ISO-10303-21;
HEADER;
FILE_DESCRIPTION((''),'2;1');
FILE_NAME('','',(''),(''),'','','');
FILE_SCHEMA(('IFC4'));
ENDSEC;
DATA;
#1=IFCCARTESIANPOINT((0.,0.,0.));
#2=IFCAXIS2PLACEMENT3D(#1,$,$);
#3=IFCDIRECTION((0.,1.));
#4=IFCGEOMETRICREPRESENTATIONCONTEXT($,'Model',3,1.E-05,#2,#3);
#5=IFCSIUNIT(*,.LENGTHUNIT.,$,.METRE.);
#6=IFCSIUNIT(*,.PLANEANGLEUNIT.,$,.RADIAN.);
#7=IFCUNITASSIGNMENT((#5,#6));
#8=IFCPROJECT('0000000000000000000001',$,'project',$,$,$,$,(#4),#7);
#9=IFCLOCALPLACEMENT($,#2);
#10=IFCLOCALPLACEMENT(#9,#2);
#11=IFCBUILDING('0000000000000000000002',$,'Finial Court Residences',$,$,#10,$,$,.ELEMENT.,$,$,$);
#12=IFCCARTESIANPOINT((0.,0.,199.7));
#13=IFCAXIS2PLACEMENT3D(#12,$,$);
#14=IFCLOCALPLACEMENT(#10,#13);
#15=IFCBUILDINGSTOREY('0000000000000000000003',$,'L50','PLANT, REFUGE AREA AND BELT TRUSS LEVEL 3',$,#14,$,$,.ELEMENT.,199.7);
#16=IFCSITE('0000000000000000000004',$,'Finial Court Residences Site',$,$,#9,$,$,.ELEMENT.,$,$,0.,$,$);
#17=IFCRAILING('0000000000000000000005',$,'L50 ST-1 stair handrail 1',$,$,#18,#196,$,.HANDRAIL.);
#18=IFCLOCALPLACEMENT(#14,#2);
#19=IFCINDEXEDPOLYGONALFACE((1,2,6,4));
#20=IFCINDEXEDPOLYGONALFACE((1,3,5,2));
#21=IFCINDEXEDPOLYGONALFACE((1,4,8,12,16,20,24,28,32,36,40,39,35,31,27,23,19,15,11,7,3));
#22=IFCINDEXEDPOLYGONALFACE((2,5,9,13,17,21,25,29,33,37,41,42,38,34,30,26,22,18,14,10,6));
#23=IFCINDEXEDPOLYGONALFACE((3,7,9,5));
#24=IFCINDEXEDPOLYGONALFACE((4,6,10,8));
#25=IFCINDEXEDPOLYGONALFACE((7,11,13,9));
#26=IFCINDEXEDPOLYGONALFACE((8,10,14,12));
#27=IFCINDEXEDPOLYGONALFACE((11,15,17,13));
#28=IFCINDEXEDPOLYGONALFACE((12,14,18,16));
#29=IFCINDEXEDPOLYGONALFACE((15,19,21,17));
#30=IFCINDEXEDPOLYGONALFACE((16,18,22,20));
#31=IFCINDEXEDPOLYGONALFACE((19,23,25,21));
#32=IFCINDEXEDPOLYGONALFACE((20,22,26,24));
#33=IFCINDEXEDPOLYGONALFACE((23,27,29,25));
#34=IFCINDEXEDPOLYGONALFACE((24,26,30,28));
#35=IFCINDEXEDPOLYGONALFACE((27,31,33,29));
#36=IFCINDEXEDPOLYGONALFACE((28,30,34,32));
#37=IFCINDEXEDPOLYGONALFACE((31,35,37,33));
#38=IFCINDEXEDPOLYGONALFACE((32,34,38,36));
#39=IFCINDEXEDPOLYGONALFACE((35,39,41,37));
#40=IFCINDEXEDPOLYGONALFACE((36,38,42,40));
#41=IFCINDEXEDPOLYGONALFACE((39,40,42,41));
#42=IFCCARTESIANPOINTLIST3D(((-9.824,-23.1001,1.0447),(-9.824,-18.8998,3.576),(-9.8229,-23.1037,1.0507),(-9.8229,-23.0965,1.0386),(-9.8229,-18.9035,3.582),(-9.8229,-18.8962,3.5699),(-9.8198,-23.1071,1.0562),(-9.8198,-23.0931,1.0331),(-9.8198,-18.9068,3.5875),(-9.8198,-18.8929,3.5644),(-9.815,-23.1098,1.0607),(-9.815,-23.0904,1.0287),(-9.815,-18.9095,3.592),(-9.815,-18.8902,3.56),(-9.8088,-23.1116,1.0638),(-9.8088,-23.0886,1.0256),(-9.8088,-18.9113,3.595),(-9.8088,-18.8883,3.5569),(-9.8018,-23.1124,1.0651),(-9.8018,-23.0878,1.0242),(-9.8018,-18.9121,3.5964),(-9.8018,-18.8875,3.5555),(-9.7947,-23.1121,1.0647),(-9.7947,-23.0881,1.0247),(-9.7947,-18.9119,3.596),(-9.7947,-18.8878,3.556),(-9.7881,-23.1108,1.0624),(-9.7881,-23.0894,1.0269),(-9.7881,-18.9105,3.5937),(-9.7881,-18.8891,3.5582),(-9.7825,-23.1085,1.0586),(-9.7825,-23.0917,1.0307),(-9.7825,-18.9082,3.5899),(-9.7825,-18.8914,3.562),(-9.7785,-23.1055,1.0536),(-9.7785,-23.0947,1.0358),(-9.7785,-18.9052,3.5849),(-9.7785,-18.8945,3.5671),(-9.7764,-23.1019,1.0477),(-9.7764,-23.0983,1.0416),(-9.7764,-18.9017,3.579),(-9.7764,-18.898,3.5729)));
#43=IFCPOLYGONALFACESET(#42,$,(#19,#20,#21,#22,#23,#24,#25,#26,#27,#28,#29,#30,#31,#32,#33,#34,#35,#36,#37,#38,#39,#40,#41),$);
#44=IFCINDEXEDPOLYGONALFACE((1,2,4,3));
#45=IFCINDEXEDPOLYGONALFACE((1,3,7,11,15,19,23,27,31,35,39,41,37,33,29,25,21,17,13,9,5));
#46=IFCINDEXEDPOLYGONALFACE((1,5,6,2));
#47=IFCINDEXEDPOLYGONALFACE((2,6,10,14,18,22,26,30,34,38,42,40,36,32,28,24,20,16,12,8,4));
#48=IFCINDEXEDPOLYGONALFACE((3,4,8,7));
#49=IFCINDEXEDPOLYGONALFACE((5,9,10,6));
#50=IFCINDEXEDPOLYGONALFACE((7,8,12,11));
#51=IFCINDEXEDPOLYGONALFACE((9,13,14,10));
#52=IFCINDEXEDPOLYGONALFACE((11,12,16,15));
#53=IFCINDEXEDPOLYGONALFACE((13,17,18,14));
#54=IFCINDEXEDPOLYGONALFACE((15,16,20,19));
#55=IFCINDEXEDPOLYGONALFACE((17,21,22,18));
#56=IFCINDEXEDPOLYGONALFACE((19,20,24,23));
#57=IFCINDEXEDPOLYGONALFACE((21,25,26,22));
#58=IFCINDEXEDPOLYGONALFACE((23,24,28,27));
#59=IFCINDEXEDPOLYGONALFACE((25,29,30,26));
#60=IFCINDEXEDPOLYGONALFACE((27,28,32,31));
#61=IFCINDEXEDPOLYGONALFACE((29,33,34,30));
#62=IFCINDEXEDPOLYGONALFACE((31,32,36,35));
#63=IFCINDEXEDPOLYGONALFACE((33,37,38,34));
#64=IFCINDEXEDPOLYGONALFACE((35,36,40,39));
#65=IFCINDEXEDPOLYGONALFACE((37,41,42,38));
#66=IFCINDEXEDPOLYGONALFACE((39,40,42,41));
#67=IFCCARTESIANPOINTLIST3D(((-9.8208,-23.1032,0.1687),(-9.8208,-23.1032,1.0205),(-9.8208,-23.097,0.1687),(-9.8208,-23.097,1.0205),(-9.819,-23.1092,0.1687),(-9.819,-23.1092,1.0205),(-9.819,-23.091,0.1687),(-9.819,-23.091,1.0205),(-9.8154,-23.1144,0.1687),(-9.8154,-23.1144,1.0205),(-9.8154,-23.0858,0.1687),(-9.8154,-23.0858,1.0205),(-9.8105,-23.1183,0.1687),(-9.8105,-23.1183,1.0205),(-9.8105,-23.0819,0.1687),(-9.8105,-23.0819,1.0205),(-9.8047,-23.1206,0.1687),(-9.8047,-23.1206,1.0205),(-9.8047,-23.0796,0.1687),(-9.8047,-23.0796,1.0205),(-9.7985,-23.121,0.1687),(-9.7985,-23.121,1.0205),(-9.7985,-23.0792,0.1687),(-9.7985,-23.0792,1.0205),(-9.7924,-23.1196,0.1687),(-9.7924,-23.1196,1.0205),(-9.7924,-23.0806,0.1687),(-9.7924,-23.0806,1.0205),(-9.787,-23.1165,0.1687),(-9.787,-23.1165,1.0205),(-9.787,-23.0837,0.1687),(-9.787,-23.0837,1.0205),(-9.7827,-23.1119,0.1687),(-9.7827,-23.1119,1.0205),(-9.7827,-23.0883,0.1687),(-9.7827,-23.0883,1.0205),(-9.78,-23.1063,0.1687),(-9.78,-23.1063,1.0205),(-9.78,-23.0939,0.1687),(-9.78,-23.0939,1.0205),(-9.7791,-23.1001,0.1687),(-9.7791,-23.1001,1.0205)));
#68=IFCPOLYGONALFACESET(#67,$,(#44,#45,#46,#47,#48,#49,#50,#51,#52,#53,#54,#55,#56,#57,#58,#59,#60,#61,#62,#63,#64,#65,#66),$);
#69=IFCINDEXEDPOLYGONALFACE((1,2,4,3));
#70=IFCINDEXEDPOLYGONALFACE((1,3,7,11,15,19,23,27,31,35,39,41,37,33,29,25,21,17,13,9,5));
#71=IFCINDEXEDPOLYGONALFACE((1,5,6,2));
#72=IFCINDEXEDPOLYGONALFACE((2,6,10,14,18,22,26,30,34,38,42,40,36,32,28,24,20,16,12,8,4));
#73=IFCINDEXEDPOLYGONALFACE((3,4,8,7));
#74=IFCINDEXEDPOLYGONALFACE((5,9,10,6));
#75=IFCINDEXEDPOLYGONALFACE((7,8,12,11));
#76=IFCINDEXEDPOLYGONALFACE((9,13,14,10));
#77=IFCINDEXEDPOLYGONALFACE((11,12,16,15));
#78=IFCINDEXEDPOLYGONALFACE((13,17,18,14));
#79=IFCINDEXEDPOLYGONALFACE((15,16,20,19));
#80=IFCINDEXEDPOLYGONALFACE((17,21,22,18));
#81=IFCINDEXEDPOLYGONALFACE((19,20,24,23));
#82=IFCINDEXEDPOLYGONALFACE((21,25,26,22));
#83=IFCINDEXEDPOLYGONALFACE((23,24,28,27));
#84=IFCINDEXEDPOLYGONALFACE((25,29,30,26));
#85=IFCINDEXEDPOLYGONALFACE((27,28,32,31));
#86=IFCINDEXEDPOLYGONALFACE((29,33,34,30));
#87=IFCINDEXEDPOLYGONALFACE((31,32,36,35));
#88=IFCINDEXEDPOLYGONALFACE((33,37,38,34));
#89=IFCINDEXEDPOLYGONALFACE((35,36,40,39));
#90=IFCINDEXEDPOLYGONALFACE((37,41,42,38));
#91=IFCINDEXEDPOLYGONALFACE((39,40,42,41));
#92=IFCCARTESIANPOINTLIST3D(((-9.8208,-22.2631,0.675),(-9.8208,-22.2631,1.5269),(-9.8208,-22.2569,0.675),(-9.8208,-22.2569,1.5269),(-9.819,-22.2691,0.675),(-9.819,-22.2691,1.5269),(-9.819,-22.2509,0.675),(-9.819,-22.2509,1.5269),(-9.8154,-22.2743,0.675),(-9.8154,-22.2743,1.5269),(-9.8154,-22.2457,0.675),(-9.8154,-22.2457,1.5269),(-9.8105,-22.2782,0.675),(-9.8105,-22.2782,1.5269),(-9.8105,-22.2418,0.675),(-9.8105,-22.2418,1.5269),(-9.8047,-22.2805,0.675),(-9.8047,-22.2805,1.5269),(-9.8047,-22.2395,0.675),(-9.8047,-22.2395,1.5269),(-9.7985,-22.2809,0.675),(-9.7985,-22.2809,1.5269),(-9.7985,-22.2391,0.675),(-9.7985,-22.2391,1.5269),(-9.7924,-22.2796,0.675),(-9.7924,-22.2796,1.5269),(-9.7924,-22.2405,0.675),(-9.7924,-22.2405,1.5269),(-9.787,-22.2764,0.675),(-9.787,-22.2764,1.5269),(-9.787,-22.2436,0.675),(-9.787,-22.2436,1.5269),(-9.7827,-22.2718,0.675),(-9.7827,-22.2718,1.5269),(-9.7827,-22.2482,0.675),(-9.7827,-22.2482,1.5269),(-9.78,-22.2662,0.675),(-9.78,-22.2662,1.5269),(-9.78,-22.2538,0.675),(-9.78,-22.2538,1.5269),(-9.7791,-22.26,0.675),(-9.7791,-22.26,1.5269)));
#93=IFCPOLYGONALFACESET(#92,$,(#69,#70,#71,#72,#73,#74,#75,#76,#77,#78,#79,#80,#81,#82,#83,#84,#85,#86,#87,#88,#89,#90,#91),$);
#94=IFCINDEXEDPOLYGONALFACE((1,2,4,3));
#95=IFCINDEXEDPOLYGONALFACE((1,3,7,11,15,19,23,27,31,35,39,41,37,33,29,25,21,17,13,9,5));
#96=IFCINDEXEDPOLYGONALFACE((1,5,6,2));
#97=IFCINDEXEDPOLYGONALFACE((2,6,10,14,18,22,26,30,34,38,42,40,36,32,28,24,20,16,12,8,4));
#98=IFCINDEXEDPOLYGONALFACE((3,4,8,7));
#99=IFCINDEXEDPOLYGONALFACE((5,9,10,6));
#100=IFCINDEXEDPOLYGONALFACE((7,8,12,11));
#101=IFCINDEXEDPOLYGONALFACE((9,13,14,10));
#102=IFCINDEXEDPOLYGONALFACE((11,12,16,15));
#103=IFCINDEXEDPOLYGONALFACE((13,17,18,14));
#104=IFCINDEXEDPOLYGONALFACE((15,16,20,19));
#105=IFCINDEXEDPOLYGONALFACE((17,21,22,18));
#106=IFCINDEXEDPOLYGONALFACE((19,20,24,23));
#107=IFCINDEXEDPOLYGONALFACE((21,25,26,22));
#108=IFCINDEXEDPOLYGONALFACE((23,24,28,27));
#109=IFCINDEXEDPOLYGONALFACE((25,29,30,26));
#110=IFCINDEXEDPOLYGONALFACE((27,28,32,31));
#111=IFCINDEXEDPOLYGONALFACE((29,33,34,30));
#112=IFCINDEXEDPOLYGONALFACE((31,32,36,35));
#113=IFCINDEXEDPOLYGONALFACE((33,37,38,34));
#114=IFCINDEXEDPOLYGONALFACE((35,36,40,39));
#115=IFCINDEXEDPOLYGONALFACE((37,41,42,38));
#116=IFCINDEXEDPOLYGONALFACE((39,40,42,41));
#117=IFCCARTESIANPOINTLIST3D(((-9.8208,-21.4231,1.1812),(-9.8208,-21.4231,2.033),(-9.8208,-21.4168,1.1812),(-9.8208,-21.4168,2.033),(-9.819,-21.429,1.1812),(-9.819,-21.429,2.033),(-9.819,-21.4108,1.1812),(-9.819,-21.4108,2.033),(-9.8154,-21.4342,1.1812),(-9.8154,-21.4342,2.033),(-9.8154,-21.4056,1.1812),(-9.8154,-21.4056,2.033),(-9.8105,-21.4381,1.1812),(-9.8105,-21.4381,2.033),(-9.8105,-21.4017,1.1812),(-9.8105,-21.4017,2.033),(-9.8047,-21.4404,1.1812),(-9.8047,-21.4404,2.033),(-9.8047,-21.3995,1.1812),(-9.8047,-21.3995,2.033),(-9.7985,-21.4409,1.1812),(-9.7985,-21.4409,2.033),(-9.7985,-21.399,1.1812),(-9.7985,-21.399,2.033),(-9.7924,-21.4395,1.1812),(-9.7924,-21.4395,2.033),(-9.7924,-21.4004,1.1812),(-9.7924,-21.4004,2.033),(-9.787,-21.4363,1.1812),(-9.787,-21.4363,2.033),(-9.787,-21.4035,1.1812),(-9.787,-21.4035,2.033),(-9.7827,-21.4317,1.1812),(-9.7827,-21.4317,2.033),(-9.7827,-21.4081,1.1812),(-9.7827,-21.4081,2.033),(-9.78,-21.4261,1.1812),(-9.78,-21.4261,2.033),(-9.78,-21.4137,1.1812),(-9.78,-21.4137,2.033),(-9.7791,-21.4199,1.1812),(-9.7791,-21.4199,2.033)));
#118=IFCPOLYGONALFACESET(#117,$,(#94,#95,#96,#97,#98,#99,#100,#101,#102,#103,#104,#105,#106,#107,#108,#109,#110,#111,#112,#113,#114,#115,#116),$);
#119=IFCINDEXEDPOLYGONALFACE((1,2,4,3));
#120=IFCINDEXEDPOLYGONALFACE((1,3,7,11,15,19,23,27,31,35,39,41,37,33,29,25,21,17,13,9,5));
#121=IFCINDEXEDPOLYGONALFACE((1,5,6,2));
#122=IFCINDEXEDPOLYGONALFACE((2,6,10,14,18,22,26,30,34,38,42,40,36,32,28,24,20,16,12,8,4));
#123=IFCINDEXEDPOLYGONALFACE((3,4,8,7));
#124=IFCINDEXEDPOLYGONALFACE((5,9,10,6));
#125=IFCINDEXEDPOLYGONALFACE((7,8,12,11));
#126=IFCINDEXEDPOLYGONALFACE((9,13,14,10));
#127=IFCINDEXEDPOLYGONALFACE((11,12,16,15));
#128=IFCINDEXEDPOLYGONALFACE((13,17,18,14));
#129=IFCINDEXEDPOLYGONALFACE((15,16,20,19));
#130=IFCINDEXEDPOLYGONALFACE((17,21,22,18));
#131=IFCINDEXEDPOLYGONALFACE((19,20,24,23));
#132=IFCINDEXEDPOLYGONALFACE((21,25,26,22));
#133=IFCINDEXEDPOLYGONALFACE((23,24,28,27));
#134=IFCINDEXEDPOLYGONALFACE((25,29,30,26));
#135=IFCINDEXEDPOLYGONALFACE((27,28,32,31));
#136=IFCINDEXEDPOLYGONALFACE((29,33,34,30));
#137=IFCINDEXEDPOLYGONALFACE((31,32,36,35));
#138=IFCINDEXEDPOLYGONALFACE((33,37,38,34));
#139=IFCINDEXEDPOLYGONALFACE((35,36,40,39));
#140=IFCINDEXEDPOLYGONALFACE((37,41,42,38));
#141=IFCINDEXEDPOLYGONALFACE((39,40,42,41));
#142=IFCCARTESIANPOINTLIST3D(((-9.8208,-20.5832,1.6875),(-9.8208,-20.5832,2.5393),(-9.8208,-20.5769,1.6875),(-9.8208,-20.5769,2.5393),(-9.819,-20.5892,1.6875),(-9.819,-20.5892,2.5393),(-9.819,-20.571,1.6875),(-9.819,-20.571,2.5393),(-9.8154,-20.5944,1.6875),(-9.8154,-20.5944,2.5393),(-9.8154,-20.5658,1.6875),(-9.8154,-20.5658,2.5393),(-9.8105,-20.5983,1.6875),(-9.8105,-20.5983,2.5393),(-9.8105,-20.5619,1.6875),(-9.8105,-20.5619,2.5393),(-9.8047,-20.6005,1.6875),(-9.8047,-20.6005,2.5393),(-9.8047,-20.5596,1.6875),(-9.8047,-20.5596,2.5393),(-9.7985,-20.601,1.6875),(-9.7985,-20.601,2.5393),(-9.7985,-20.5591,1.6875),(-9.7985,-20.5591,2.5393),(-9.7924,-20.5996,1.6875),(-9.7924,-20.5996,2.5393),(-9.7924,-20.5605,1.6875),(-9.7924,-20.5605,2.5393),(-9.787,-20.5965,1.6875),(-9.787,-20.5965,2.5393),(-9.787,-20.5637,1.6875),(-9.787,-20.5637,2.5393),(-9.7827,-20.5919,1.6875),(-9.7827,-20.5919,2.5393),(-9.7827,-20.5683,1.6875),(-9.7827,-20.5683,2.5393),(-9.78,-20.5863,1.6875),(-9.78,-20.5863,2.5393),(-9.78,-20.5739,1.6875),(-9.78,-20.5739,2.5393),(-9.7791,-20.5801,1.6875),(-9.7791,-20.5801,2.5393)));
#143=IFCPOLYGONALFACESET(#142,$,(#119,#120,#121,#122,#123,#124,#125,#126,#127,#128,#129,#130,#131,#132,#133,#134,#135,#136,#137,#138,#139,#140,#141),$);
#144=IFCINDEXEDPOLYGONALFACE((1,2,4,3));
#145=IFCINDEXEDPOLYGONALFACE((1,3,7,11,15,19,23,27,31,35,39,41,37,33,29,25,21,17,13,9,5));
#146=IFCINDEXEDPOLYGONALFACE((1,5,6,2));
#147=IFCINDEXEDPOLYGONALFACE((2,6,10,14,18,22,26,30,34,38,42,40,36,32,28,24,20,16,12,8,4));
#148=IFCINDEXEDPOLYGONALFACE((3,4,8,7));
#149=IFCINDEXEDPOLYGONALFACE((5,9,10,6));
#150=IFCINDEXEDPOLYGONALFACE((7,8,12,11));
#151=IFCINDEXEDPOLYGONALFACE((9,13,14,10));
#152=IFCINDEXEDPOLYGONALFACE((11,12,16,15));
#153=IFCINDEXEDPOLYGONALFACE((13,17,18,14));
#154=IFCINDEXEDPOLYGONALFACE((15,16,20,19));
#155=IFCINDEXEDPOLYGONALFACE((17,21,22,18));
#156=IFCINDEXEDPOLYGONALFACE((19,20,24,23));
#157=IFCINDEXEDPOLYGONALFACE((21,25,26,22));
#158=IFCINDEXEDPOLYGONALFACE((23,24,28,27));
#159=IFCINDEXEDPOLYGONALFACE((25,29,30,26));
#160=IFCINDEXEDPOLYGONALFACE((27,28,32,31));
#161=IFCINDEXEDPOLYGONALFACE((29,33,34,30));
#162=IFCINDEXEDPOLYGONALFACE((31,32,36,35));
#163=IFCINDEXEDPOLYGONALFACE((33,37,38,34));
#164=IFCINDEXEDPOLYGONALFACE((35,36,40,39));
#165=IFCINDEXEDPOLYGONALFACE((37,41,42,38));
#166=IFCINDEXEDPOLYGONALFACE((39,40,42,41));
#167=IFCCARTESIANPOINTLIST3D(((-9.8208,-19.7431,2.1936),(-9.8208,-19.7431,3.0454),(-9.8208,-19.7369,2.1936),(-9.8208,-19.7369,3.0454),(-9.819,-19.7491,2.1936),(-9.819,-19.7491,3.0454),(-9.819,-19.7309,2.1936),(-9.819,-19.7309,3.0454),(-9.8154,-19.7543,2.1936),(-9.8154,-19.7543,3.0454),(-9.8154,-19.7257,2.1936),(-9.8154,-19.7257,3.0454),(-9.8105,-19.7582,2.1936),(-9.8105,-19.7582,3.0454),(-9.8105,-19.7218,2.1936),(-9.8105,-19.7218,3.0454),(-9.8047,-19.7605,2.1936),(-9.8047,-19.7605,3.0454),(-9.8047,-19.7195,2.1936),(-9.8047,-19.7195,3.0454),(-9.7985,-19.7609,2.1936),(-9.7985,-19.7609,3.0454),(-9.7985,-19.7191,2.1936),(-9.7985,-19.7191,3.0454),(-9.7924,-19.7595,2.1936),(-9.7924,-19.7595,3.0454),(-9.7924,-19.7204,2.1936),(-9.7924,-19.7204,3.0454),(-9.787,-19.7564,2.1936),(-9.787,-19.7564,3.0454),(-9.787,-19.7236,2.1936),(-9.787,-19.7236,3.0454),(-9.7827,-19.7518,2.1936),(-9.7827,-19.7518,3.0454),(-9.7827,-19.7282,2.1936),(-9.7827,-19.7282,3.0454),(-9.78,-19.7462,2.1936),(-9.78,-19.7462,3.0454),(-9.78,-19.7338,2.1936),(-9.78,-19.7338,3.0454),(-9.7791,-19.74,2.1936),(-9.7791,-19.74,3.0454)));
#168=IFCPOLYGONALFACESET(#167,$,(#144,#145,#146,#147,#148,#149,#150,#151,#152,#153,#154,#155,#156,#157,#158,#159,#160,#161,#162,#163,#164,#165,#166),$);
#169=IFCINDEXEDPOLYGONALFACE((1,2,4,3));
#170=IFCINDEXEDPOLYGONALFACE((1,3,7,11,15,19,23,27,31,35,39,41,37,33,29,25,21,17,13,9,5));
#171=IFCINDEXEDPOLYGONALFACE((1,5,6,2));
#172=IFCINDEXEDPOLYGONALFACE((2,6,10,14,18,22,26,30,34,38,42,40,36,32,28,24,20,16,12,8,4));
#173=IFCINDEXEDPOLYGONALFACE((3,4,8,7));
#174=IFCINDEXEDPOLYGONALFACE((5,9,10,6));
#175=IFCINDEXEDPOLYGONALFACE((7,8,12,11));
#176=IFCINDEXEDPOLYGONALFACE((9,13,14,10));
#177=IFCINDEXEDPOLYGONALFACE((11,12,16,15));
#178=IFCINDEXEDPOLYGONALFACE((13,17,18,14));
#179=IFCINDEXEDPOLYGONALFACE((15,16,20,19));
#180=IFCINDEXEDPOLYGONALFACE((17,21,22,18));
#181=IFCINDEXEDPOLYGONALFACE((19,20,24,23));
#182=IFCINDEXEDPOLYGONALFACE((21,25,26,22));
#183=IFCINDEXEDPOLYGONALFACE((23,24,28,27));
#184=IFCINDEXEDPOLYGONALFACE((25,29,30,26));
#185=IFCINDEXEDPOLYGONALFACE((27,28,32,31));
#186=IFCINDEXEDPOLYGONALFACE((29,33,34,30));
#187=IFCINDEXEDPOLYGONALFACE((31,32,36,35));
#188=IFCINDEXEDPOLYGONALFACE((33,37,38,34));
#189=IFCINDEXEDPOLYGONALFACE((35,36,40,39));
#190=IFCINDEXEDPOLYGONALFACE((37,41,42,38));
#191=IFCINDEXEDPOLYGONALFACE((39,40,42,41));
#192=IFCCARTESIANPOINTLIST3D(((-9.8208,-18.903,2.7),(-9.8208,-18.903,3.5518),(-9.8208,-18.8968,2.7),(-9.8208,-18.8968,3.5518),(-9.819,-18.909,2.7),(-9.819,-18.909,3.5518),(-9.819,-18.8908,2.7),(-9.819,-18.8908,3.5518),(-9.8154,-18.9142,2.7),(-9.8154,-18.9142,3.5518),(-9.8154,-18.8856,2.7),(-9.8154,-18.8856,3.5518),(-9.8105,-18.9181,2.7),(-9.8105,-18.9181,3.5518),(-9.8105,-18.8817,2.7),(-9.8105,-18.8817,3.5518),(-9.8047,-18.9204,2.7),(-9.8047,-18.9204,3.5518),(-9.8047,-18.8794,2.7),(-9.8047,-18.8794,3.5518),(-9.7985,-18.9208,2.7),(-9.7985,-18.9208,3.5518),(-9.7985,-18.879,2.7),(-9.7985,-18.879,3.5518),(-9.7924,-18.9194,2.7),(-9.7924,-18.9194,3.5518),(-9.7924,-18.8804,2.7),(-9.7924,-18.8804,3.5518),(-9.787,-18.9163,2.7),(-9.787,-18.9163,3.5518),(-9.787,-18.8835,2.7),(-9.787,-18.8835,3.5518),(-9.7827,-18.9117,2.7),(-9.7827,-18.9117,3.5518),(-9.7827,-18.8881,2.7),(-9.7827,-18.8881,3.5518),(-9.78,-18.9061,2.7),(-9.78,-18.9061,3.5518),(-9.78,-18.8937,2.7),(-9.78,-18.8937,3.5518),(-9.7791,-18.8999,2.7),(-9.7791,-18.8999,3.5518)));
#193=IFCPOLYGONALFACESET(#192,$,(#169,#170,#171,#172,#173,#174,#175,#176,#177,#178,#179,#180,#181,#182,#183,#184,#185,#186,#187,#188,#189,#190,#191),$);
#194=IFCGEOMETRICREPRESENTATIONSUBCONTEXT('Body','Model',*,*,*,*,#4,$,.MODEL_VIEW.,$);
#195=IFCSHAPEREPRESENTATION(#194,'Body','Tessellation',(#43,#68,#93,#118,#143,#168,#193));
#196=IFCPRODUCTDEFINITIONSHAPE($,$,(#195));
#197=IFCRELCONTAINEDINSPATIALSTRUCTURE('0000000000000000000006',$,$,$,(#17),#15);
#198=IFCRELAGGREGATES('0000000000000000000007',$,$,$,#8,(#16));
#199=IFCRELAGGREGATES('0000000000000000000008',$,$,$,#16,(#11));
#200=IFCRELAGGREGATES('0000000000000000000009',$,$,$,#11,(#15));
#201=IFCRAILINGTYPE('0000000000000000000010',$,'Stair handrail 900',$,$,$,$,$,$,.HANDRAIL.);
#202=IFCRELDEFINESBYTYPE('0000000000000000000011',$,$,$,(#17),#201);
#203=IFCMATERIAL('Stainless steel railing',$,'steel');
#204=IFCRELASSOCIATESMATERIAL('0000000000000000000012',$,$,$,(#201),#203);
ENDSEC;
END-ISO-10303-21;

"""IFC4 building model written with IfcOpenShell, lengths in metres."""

from ifc_helpers import new_model, si_unit, direction, frame, origin, origin_2d, place, context, subcontext, project, spatial, circle, extrude, material, type_object, element, save


model = new_model("IFC4")

# Units and contexts
model_context = context("Model", 3, precision=1e-05, world=origin(), true_north=direction((0.0, 1.0)))
body_context = subcontext(model_context, "Body", "Model", "MODEL_VIEW")
ifc_project = project(units=[si_unit("LENGTHUNIT", "METRE"), si_unit("PLANEANGLEUNIT", "RADIAN")], contexts=[model_context])

# Site, building, storey
site_placement = place(None, origin())
site = spatial("IfcSite", under=ifc_project, at=site_placement, Name="Finial Court Residences Site", CompositionType="ELEMENT", RefElevation=0.0)
building_placement = place(site_placement, origin())
building = spatial("IfcBuilding", under=site, at=building_placement, Name="Finial Court Residences", CompositionType="ELEMENT")
storey_placement = place(building_placement, frame((0.0, 0.0, 199.7)))
storey = spatial("IfcBuildingStorey", under=building, at=storey_placement, Name="L50", Description="PLANT, REFUGE AREA AND BELT TRUSS LEVEL 3", CompositionType="ELEMENT", Elevation=199.7)

# Railing
ifc_material_1 = material(Name="Stainless steel railing", Category="steel")
railing_type = type_object("IfcRailingType", Name="Stair handrail 900", PredefinedType="HANDRAIL", material=ifc_material_1)
railing_placement = place(storey_placement, frame((-9.8, -23.1001, 0.1687)))
element("IfcRailing", 1, at=railing_placement, inside=storey, type_object=railing_type, Name="L50 ST-1 stair handrail 1", PredefinedType="HANDRAIL", context=body_context, shape_type="SweptSolid", body=[
    extrude(circle(Radius=0.0239, at=origin_2d()), frame((0.0, 0.0, 0.876), z_axis=(0.0, 0.85649, 0.516164), x_axis=(-1.0, 0.0, 0.0)), (0.0, 0.0, 1.0), 4.9041),
    extrude(circle(Radius=0.021, at=origin_2d()), origin(), (0.0, 0.0, 1.0), 0.8518),
    extrude(circle(Radius=0.021, at=origin_2d()), frame((0.0, 0.8401, 0.5063)), (0.0, 0.0, 1.0), 0.8518),
    extrude(circle(Radius=0.021, at=origin_2d()), frame((0.0, 1.6802, 1.0125)), (0.0, 0.0, 1.0), 0.8518),
    extrude(circle(Radius=0.021, at=origin_2d()), frame((0.0, 2.52, 1.5188)), (0.0, 0.0, 1.0), 0.8518),
    extrude(circle(Radius=0.021, at=origin_2d()), frame((0.0, 3.3601, 2.0249)), (0.0, 0.0, 1.0), 0.8518),
    extrude(circle(Radius=0.021, at=origin_2d()), frame((0.0, 4.2002, 2.5312)), (0.0, 0.0, 1.0), 0.8518),
])

save(model, "model.ifc")
